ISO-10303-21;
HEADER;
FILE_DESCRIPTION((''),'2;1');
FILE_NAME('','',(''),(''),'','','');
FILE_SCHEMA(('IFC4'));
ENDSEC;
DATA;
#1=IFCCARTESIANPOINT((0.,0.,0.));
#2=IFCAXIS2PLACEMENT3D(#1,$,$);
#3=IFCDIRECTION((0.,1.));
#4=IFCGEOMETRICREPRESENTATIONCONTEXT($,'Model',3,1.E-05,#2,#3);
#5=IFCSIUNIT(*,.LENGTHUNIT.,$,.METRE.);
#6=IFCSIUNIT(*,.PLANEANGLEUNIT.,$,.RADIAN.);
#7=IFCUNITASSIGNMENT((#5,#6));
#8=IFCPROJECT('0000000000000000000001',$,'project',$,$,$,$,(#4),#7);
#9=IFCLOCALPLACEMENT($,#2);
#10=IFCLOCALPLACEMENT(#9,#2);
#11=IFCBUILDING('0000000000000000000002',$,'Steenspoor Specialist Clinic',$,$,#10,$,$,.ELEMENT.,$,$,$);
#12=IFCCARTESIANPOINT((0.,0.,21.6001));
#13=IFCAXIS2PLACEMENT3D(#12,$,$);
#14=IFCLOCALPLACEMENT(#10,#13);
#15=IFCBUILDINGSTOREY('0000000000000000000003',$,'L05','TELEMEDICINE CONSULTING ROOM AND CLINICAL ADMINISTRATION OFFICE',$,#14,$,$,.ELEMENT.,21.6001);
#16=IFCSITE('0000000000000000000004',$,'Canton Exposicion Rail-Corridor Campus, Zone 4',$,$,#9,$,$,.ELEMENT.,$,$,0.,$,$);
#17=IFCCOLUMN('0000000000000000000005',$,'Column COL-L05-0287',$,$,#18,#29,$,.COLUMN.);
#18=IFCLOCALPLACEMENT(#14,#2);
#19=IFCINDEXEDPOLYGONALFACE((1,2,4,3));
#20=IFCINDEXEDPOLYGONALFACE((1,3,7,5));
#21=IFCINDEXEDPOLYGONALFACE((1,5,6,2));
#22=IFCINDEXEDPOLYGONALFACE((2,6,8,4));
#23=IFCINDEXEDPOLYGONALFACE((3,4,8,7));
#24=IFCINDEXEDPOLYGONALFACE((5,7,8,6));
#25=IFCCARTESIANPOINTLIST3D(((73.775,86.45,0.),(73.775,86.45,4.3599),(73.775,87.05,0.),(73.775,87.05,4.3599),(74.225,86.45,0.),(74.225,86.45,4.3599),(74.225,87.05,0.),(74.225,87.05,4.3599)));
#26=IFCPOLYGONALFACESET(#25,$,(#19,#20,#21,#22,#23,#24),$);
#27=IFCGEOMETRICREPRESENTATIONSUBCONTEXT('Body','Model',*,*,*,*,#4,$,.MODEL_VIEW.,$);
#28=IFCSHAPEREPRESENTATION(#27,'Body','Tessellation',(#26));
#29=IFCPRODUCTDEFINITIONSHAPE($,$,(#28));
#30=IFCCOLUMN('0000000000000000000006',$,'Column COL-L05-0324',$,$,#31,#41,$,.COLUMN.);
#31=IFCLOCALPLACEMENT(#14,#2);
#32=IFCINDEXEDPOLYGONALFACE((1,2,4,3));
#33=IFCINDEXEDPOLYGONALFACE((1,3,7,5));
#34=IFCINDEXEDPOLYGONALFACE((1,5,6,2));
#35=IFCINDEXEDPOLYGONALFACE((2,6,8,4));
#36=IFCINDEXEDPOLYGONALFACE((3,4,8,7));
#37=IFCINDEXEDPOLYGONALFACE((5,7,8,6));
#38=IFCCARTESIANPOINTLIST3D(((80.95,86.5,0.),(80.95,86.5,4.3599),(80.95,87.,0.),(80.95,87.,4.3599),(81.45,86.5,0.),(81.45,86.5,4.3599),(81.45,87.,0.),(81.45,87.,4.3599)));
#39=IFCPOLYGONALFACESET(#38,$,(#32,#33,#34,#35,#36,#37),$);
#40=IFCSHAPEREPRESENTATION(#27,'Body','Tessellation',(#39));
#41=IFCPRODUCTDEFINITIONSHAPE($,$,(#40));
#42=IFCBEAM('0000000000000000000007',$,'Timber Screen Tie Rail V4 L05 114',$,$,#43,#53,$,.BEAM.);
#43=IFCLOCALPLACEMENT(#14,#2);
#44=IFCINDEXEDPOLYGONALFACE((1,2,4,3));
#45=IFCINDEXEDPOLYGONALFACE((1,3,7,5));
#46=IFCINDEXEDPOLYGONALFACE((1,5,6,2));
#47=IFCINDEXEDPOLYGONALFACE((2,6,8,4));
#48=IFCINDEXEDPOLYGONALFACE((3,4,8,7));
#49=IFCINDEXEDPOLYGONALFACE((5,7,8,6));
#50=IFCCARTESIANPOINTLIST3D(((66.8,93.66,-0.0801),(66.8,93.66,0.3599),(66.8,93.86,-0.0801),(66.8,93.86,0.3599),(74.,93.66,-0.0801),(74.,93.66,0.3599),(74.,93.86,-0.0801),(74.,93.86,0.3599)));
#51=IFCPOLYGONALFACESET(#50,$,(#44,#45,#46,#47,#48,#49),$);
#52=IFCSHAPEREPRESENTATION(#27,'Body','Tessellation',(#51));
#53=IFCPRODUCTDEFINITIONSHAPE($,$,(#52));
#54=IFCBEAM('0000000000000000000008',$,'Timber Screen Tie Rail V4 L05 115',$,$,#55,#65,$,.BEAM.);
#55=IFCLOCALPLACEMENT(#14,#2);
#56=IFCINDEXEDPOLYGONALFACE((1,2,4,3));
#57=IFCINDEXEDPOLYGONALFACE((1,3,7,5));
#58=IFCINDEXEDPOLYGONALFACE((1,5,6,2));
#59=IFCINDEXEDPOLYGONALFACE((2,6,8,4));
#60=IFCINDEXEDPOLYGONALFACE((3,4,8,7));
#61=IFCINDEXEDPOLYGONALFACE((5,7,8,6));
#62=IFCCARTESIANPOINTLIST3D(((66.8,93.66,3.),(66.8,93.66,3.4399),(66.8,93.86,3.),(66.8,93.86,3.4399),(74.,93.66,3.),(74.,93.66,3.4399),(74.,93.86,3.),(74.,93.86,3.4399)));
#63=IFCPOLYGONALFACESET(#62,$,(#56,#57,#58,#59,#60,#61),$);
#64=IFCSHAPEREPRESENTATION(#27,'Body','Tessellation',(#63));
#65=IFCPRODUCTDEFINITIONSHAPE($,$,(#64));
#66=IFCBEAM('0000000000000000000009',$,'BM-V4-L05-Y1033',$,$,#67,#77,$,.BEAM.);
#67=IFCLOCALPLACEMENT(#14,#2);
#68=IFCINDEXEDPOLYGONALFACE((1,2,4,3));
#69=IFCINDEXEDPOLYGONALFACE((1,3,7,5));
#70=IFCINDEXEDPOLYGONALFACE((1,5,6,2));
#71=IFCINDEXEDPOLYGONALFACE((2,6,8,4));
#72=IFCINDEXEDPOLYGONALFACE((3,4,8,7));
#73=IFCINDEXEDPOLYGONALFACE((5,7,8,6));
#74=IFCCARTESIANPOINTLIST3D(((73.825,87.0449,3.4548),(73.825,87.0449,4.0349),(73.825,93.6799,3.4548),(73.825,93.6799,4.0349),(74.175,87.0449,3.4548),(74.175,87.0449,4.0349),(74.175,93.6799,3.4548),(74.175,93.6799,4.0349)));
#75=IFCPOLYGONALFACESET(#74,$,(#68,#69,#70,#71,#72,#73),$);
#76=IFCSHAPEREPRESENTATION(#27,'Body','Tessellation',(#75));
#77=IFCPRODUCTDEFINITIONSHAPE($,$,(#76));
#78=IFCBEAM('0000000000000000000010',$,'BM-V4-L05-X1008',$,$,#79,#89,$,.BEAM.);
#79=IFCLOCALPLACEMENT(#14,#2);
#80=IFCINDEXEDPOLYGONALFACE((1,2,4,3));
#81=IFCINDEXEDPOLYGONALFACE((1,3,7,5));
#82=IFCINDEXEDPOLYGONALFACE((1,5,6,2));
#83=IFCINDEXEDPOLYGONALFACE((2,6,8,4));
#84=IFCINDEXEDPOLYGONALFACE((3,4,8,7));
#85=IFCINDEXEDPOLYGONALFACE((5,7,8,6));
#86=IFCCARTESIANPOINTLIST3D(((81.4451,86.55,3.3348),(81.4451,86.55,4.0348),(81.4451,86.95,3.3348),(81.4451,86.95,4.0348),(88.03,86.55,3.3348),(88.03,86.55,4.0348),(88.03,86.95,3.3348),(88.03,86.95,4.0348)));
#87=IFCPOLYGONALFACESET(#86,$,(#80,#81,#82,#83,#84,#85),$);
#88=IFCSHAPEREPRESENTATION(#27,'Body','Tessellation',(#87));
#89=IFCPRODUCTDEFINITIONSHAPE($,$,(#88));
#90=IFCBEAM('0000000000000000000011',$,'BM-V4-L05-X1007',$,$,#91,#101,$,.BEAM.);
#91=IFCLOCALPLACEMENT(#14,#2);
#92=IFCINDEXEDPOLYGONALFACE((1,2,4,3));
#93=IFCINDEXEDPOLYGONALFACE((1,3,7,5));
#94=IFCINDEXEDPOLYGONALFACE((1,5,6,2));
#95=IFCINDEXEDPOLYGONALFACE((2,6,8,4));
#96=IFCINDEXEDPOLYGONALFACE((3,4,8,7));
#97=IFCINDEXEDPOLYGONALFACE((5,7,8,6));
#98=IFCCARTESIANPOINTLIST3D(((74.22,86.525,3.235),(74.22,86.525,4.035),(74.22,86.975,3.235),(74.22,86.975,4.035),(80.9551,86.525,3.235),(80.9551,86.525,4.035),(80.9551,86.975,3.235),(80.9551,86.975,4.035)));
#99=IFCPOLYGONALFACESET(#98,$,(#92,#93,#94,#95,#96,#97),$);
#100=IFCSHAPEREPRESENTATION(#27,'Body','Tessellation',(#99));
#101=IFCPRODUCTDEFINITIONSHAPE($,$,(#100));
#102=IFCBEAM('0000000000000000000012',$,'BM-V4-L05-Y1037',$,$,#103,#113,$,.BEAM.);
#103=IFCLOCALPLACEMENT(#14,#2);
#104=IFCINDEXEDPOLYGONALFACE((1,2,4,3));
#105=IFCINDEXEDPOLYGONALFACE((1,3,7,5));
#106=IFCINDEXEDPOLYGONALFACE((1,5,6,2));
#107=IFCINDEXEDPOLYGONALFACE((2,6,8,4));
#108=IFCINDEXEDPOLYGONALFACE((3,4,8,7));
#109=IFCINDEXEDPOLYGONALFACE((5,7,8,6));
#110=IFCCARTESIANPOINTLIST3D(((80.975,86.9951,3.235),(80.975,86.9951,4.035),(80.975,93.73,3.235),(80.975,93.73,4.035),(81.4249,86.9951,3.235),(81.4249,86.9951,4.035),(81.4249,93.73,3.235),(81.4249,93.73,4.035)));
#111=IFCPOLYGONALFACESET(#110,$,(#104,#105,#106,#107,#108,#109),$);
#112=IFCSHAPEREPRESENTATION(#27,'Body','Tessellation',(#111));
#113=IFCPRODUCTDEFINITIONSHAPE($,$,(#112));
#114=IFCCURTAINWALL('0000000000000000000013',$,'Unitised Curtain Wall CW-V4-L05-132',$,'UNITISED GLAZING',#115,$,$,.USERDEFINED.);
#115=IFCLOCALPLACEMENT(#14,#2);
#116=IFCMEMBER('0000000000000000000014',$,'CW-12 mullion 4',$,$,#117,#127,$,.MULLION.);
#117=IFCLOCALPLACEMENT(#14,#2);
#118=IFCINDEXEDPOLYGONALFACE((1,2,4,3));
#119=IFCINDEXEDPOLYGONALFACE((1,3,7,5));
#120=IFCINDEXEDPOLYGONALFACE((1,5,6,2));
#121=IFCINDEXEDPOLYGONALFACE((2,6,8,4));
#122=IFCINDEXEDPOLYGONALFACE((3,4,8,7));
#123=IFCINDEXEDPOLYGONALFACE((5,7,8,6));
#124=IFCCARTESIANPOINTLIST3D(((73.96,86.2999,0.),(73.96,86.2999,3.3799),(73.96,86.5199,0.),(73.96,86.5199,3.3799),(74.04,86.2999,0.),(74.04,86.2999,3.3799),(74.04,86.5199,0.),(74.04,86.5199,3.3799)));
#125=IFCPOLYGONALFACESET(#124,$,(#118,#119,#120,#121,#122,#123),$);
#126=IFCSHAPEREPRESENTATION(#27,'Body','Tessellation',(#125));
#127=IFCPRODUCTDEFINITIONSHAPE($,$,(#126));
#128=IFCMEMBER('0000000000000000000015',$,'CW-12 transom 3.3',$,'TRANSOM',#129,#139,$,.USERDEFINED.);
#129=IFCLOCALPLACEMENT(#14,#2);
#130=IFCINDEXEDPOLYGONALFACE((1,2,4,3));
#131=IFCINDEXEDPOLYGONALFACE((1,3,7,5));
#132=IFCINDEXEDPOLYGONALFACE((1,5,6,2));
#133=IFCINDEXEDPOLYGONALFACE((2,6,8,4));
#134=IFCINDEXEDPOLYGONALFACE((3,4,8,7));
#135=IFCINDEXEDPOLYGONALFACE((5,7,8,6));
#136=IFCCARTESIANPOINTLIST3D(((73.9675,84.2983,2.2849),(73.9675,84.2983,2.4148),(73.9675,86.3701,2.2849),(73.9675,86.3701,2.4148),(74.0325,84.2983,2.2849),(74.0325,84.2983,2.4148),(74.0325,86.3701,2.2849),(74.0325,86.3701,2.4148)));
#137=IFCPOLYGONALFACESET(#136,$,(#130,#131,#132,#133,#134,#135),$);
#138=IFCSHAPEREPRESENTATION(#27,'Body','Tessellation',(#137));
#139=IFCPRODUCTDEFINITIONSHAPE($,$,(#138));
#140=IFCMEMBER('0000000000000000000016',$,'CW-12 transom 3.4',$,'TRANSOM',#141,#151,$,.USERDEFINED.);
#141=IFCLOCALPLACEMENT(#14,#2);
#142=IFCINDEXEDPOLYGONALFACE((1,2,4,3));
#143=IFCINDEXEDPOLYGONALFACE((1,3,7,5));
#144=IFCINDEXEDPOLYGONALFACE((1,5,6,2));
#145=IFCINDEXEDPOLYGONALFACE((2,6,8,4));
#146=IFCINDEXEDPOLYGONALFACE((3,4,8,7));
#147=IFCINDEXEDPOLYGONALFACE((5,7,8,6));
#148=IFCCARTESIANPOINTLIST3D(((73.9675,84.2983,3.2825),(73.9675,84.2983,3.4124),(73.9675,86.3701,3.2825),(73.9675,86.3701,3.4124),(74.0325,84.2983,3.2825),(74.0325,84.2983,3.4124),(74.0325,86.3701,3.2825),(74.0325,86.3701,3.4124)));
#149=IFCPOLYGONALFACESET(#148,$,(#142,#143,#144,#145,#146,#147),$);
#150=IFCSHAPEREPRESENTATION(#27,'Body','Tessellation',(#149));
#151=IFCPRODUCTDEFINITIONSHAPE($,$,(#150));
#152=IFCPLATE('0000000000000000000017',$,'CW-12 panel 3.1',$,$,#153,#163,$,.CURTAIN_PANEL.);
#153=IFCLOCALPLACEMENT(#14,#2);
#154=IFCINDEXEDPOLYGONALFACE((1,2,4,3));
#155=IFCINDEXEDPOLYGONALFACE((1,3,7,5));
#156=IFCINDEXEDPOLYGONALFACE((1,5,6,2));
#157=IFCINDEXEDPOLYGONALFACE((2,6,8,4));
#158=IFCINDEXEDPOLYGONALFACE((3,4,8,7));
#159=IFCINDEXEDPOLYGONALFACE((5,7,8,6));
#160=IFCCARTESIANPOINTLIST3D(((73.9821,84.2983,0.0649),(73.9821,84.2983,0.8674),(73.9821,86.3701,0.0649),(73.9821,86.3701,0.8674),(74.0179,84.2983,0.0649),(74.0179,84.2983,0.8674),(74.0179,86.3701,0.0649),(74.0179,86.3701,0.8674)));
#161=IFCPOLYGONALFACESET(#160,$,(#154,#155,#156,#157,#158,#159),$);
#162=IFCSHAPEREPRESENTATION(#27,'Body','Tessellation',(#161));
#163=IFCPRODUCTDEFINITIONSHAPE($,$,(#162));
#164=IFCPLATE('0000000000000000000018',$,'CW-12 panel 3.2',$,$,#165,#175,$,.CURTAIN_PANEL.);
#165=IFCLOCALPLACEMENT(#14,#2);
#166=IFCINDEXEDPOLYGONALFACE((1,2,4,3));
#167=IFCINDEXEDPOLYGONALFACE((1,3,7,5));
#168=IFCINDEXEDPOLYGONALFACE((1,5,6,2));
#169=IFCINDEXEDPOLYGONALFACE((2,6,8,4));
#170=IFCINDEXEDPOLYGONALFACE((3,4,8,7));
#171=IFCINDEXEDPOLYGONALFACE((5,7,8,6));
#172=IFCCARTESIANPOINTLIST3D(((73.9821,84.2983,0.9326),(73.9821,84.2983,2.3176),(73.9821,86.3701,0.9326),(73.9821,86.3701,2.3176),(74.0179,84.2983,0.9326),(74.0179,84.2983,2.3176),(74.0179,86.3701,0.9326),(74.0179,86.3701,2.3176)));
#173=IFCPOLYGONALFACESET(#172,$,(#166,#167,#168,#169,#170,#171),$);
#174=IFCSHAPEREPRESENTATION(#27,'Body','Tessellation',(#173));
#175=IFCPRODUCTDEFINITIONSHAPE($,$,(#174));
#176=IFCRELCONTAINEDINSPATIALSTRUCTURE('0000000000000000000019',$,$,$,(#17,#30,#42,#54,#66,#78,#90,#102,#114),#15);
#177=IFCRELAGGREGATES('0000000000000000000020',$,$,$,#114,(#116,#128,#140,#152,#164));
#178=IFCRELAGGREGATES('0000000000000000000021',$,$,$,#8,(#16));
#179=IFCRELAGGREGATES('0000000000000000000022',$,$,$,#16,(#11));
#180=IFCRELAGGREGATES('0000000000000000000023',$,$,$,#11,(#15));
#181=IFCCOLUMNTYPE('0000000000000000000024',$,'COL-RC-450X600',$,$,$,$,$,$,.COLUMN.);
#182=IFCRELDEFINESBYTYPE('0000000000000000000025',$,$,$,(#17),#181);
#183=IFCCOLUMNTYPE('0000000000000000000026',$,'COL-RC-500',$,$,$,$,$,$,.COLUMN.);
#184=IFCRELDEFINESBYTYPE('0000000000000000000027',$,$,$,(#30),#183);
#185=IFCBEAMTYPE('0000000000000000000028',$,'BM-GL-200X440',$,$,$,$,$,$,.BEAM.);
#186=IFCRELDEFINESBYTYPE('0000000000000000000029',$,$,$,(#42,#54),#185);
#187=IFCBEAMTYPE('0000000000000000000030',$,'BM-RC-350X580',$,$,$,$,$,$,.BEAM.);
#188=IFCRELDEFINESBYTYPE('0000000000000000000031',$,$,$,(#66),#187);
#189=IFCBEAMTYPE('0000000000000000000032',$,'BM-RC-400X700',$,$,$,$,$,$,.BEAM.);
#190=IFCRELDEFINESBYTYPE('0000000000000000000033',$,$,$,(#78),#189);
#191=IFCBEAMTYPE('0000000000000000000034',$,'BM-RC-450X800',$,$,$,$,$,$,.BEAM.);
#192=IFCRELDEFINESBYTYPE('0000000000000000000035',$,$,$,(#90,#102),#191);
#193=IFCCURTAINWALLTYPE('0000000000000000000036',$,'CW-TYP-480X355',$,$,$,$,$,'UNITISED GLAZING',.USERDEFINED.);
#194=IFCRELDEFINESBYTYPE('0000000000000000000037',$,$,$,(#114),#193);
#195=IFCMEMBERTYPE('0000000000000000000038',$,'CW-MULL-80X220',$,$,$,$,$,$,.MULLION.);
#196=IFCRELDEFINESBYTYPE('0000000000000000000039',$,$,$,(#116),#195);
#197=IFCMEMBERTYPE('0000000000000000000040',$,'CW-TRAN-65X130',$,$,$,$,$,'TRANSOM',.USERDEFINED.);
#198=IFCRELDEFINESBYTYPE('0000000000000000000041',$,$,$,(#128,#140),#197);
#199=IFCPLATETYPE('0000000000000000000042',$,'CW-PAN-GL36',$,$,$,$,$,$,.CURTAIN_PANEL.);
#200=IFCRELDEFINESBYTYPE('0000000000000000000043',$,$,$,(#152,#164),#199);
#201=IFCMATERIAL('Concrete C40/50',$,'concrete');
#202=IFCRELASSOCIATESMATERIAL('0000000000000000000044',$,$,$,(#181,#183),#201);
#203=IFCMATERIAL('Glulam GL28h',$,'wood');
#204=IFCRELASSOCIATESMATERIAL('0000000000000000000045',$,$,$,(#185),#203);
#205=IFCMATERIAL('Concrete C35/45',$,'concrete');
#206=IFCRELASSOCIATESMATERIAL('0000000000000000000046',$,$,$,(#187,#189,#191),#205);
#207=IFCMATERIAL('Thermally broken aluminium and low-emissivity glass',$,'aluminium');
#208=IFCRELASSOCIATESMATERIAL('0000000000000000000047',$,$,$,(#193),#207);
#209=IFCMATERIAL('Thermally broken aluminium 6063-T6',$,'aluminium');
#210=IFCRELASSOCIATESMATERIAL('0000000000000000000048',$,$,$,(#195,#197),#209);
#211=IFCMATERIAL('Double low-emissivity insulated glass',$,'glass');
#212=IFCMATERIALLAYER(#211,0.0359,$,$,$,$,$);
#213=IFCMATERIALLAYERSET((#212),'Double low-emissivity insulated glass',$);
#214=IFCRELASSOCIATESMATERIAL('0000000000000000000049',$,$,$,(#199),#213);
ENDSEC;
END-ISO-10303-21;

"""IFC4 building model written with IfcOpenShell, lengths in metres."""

from ifc_helpers import new_model, si_unit, direction, frame, origin, origin_2d, place, context, subcontext, project, spatial, rectangle, extrude, material, layer, layer_set, material_profile, profile_set, type_object, element, aggregate, save


model = new_model("IFC4")

# Units and contexts
model_context = context("Model", 3, precision=1e-05, world=origin(), true_north=direction((0.0, 1.0)))
body_context = subcontext(model_context, "Body", "Model", "MODEL_VIEW")
ifc_project = project(units=[si_unit("LENGTHUNIT", "METRE"), si_unit("PLANEANGLEUNIT", "RADIAN")], contexts=[model_context])

# Site, building, storey
site_placement = place(None, origin())
site = spatial("IfcSite", under=ifc_project, at=site_placement, Name="Canton Exposicion Rail-Corridor Campus, Zone 4", CompositionType="ELEMENT", RefElevation=0.0)
building_placement = place(site_placement, origin())
building = spatial("IfcBuilding", under=site, at=building_placement, Name="Steenspoor Specialist Clinic", CompositionType="ELEMENT")
storey_placement = place(building_placement, frame((0.0, 0.0, 21.6001)))
storey = spatial("IfcBuildingStorey", under=building, at=storey_placement, Name="L05", Description="TELEMEDICINE CONSULTING ROOM AND CLINICAL ADMINISTRATION OFFICE", CompositionType="ELEMENT", Elevation=21.6001)

# Columns
ifc_material_1 = material(Name="Concrete C40/50", Category="concrete")
ifc_material_profile_1 = material_profile(ifc_material_1, rectangle(XDim=0.45, YDim=0.6001, at=origin_2d()), Name="RC-COL-450X600")
ifc_profile_set_1 = profile_set([ifc_material_profile_1], Name="Concrete C40/50")
column_type_1 = type_object("IfcColumnType", Name="COL-RC-450X600", PredefinedType="COLUMN", material=ifc_profile_set_1)
column_1_placement = place(storey_placement, frame((74.0, 86.75, 0.0), z_axis=(0.0, 0.0, 1.0), x_axis=(1.0, 0.0, 0.0)))
element("IfcColumn", 1, at=column_1_placement, inside=storey, type_object=column_type_1, Name="Column COL-L05-0287", PredefinedType="COLUMN", context=body_context, shape_type="SweptSolid", body=[
    extrude(rectangle(XDim=0.45, YDim=0.6001, at=origin_2d()), origin(), (0.0, 0.0, 1.0), 4.3599),
])
ifc_material_profile_2 = material_profile(ifc_material_1, rectangle(XDim=0.5, YDim=0.5, at=origin_2d()), Name="RC-COL-500X500")
ifc_profile_set_2 = profile_set([ifc_material_profile_2], Name="Concrete C40/50")
column_type_2 = type_object("IfcColumnType", Name="COL-RC-500", PredefinedType="COLUMN", material=ifc_profile_set_2)
column_2_placement = place(storey_placement, frame((81.2, 86.75, 0.0), z_axis=(0.0, 0.0, 1.0), x_axis=(1.0, 0.0, 0.0)))
element("IfcColumn", 2, at=column_2_placement, inside=storey, type_object=column_type_2, Name="Column COL-L05-0324", PredefinedType="COLUMN", context=body_context, shape_type="SweptSolid", body=[
    extrude(rectangle(XDim=0.5, YDim=0.5, at=origin_2d()), origin(), (0.0, 0.0, 1.0), 4.3599),
])

# Beams
ifc_material_2 = material(Name="Glulam GL28h", Category="wood")
ifc_material_profile_3 = material_profile(ifc_material_2, rectangle(XDim=0.2, YDim=0.4399, at=origin_2d()), Name="GL28H-200X440")
ifc_profile_set_3 = profile_set([ifc_material_profile_3], Name="Glulam GL28h")
beam_type_1 = type_object("IfcBeamType", Name="BM-GL-200X440", PredefinedType="BEAM", material=ifc_profile_set_3)
for number, where, z_axis, x_axis, name in (
    (3, (74.0, 93.76, 0.1399), (-1.0, 0.0, 0.0), (0.0, -1.0, 0.0), "Timber Screen Tie Rail V4 L05 114"),
    (4, (74.0, 93.76, 3.22), (-1.0, 0.0, 0.0), (0.0, -1.0, 0.0), "Timber Screen Tie Rail V4 L05 115"),
):
    element("IfcBeam", number, at=place(storey_placement, frame(where, z_axis=z_axis, x_axis=x_axis)), inside=storey, type_object=beam_type_1, Name=name, PredefinedType="BEAM", context=body_context, shape_type="SweptSolid", body=[
        extrude(rectangle(XDim=0.2, YDim=0.4399, at=origin_2d()), origin(), (0.0, 0.0, 1.0), 7.2),
    ])
ifc_material_3 = material(Name="Concrete C35/45", Category="concrete")
ifc_material_profile_4 = material_profile(ifc_material_3, rectangle(XDim=0.3501, YDim=0.5801, at=origin_2d()), Name="RC-BM-350X580")
ifc_profile_set_4 = profile_set([ifc_material_profile_4], Name="Concrete C35/45")
beam_type_2 = type_object("IfcBeamType", Name="BM-RC-350X580", PredefinedType="BEAM", material=ifc_profile_set_4)
beam_1_placement = place(storey_placement, frame((74.0, 87.0449, 3.7449), z_axis=(0.0, 1.0, 0.0), x_axis=(-1.0, 0.0, 0.0)))
element("IfcBeam", 5, at=beam_1_placement, inside=storey, type_object=beam_type_2, Name="BM-V4-L05-Y1033", PredefinedType="BEAM", context=body_context, shape_type="SweptSolid", body=[
    extrude(rectangle(XDim=0.3501, YDim=0.5801, at=origin_2d()), origin(), (0.0, 0.0, 1.0), 6.635),
])
ifc_material_profile_5 = material_profile(ifc_material_3, rectangle(XDim=0.3999, YDim=0.7, at=origin_2d()), Name="RC-BM-400X700")
ifc_profile_set_5 = profile_set([ifc_material_profile_5], Name="Concrete C35/45")
beam_type_3 = type_object("IfcBeamType", Name="BM-RC-400X700", PredefinedType="BEAM", material=ifc_profile_set_5)
beam_2_placement = place(storey_placement, frame((81.4451, 86.75, 3.6848), z_axis=(1.0, 0.0, 0.0), x_axis=(0.0, 1.0, 0.0)))
element("IfcBeam", 6, at=beam_2_placement, inside=storey, type_object=beam_type_3, Name="BM-V4-L05-X1008", PredefinedType="BEAM", context=body_context, shape_type="SweptSolid", body=[
    extrude(rectangle(XDim=0.3999, YDim=0.7, at=origin_2d()), origin(), (0.0, 0.0, 1.0), 6.585),
])
ifc_material_profile_6 = material_profile(ifc_material_3, rectangle(XDim=0.45, YDim=0.8, at=origin_2d()), Name="RC-BM-450X800")
ifc_profile_set_6 = profile_set([ifc_material_profile_6], Name="Concrete C35/45")
beam_type_4 = type_object("IfcBeamType", Name="BM-RC-450X800", PredefinedType="BEAM", material=ifc_profile_set_6)
beam_3_placement = place(storey_placement, frame((74.22, 86.75, 3.635), z_axis=(1.0, 0.0, 0.0), x_axis=(0.0, 1.0, 0.0)))
element("IfcBeam", 7, at=beam_3_placement, inside=storey, type_object=beam_type_4, Name="BM-V4-L05-X1007", PredefinedType="BEAM", context=body_context, shape_type="SweptSolid", body=[
    extrude(rectangle(XDim=0.45, YDim=0.8, at=origin_2d()), origin(), (0.0, 0.0, 1.0), 6.7351),
])
beam_4_placement = place(storey_placement, frame((81.2, 86.9951, 3.635), z_axis=(0.0, 1.0, 0.0), x_axis=(-1.0, 0.0, 0.0)))
element("IfcBeam", 8, at=beam_4_placement, inside=storey, type_object=beam_type_4, Name="BM-V4-L05-Y1037", PredefinedType="BEAM", context=body_context, shape_type="SweptSolid", body=[
    extrude(rectangle(XDim=0.45, YDim=0.8, at=origin_2d()), origin(), (0.0, 0.0, 1.0), 6.7349),
])

# Curtain wall, members, plates
ifc_material_4 = material(Name="Thermally broken aluminium and low-emissivity glass", Category="aluminium")
curtain_wall_type = type_object("IfcCurtainWallType", Name="CW-TYP-480X355", ElementType="UNITISED GLAZING", PredefinedType="USERDEFINED", material=ifc_material_4)
curtain_wall_placement = place(storey_placement, origin())
curtain_wall = element("IfcCurtainWall", 9, at=curtain_wall_placement, inside=storey, type_object=curtain_wall_type, Name="Unitised Curtain Wall CW-V4-L05-132", ObjectType="UNITISED GLAZING", PredefinedType="USERDEFINED")
ifc_material_5 = material(Name="Thermally broken aluminium 6063-T6", Category="aluminium")
ifc_material_profile_7 = material_profile(ifc_material_5, rectangle(XDim=0.0801, YDim=0.22, at=origin_2d()), Name="CWM-80X220")
ifc_profile_set_7 = profile_set([ifc_material_profile_7], Name="Thermally broken aluminium 6063-T6")
member_type_1 = type_object("IfcMemberType", Name="CW-MULL-80X220", PredefinedType="MULLION", material=ifc_profile_set_7)
member_1_placement = place(storey_placement, frame((74.0, 86.4099, 0.0), z_axis=(0.0, 0.0, 1.0), x_axis=(-1.0, 0.0, 0.0)))
member_1 = element("IfcMember", 10, at=member_1_placement, type_object=member_type_1, Name="CW-12 mullion 4", PredefinedType="MULLION", context=body_context, shape_type="SweptSolid", body=[
    extrude(rectangle(XDim=0.0801, YDim=0.22, at=origin_2d()), origin(), (0.0, 0.0, 1.0), 3.3799),
])
ifc_material_profile_8 = material_profile(ifc_material_5, rectangle(XDim=0.0649, YDim=0.1299, at=origin_2d()), Name="CWT-65X130")
ifc_profile_set_8 = profile_set([ifc_material_profile_8], Name="Thermally broken aluminium 6063-T6")
member_type_2 = type_object("IfcMemberType", Name="CW-TRAN-65X130", ElementType="TRANSOM", PredefinedType="USERDEFINED", material=ifc_profile_set_8)
member_2_placement = place(storey_placement, frame((74.0, 84.2983, 2.3499), z_axis=(0.0, 1.0, 0.0), x_axis=(-1.0, 0.0, 0.0)))
member_2 = element("IfcMember", 11, at=member_2_placement, type_object=member_type_2, Name="CW-12 transom 3.3", ObjectType="TRANSOM", PredefinedType="USERDEFINED", context=body_context, shape_type="SweptSolid", body=[
    extrude(rectangle(XDim=0.0649, YDim=0.1299, at=origin_2d()), origin(), (0.0, 0.0, 1.0), 2.0718),
])
member_3_placement = place(storey_placement, frame((74.0, 84.2983, 3.3474), z_axis=(0.0, 1.0, 0.0), x_axis=(-1.0, 0.0, 0.0)))
member_3 = element("IfcMember", 12, at=member_3_placement, type_object=member_type_2, Name="CW-12 transom 3.4", ObjectType="TRANSOM", PredefinedType="USERDEFINED", context=body_context, shape_type="SweptSolid", body=[
    extrude(rectangle(XDim=0.0649, YDim=0.1299, at=origin_2d()), origin(), (0.0, 0.0, 1.0), 2.0718),
])
ifc_material_6 = material(Name="Double low-emissivity insulated glass", Category="glass")
ifc_layer_1 = layer(ifc_material_6, 0.0359)
ifc_layer_set_1 = layer_set([ifc_layer_1], Name="Double low-emissivity insulated glass")
plate_type = type_object("IfcPlateType", Name="CW-PAN-GL36", PredefinedType="CURTAIN_PANEL", material=ifc_layer_set_1)
plate_1_placement = place(storey_placement, frame((74.0, 85.3342, 0.0649), z_axis=(0.0, 0.0, 1.0), x_axis=(0.0, 1.0, 0.0)))
plate_1 = element("IfcPlate", 13, at=plate_1_placement, type_object=plate_type, Name="CW-12 panel 3.1", PredefinedType="CURTAIN_PANEL", context=body_context, shape_type="SweptSolid", body=[
    extrude(rectangle(XDim=2.0718, YDim=0.0359, at=origin_2d()), origin(), (0.0, 0.0, 1.0), 0.8025),
])
plate_2_placement = place(storey_placement, frame((74.0, 85.3342, 0.9326), z_axis=(0.0, 0.0, 1.0), x_axis=(0.0, 1.0, 0.0)))
plate_2 = element("IfcPlate", 14, at=plate_2_placement, type_object=plate_type, Name="CW-12 panel 3.2", PredefinedType="CURTAIN_PANEL", context=body_context, shape_type="SweptSolid", body=[
    extrude(rectangle(XDim=2.0718, YDim=0.0359, at=origin_2d()), origin(), (0.0, 0.0, 1.0), 1.385),
])
aggregate(curtain_wall, [member_1, member_2, member_3, plate_1, plate_2])

save(model, "model.ifc")
